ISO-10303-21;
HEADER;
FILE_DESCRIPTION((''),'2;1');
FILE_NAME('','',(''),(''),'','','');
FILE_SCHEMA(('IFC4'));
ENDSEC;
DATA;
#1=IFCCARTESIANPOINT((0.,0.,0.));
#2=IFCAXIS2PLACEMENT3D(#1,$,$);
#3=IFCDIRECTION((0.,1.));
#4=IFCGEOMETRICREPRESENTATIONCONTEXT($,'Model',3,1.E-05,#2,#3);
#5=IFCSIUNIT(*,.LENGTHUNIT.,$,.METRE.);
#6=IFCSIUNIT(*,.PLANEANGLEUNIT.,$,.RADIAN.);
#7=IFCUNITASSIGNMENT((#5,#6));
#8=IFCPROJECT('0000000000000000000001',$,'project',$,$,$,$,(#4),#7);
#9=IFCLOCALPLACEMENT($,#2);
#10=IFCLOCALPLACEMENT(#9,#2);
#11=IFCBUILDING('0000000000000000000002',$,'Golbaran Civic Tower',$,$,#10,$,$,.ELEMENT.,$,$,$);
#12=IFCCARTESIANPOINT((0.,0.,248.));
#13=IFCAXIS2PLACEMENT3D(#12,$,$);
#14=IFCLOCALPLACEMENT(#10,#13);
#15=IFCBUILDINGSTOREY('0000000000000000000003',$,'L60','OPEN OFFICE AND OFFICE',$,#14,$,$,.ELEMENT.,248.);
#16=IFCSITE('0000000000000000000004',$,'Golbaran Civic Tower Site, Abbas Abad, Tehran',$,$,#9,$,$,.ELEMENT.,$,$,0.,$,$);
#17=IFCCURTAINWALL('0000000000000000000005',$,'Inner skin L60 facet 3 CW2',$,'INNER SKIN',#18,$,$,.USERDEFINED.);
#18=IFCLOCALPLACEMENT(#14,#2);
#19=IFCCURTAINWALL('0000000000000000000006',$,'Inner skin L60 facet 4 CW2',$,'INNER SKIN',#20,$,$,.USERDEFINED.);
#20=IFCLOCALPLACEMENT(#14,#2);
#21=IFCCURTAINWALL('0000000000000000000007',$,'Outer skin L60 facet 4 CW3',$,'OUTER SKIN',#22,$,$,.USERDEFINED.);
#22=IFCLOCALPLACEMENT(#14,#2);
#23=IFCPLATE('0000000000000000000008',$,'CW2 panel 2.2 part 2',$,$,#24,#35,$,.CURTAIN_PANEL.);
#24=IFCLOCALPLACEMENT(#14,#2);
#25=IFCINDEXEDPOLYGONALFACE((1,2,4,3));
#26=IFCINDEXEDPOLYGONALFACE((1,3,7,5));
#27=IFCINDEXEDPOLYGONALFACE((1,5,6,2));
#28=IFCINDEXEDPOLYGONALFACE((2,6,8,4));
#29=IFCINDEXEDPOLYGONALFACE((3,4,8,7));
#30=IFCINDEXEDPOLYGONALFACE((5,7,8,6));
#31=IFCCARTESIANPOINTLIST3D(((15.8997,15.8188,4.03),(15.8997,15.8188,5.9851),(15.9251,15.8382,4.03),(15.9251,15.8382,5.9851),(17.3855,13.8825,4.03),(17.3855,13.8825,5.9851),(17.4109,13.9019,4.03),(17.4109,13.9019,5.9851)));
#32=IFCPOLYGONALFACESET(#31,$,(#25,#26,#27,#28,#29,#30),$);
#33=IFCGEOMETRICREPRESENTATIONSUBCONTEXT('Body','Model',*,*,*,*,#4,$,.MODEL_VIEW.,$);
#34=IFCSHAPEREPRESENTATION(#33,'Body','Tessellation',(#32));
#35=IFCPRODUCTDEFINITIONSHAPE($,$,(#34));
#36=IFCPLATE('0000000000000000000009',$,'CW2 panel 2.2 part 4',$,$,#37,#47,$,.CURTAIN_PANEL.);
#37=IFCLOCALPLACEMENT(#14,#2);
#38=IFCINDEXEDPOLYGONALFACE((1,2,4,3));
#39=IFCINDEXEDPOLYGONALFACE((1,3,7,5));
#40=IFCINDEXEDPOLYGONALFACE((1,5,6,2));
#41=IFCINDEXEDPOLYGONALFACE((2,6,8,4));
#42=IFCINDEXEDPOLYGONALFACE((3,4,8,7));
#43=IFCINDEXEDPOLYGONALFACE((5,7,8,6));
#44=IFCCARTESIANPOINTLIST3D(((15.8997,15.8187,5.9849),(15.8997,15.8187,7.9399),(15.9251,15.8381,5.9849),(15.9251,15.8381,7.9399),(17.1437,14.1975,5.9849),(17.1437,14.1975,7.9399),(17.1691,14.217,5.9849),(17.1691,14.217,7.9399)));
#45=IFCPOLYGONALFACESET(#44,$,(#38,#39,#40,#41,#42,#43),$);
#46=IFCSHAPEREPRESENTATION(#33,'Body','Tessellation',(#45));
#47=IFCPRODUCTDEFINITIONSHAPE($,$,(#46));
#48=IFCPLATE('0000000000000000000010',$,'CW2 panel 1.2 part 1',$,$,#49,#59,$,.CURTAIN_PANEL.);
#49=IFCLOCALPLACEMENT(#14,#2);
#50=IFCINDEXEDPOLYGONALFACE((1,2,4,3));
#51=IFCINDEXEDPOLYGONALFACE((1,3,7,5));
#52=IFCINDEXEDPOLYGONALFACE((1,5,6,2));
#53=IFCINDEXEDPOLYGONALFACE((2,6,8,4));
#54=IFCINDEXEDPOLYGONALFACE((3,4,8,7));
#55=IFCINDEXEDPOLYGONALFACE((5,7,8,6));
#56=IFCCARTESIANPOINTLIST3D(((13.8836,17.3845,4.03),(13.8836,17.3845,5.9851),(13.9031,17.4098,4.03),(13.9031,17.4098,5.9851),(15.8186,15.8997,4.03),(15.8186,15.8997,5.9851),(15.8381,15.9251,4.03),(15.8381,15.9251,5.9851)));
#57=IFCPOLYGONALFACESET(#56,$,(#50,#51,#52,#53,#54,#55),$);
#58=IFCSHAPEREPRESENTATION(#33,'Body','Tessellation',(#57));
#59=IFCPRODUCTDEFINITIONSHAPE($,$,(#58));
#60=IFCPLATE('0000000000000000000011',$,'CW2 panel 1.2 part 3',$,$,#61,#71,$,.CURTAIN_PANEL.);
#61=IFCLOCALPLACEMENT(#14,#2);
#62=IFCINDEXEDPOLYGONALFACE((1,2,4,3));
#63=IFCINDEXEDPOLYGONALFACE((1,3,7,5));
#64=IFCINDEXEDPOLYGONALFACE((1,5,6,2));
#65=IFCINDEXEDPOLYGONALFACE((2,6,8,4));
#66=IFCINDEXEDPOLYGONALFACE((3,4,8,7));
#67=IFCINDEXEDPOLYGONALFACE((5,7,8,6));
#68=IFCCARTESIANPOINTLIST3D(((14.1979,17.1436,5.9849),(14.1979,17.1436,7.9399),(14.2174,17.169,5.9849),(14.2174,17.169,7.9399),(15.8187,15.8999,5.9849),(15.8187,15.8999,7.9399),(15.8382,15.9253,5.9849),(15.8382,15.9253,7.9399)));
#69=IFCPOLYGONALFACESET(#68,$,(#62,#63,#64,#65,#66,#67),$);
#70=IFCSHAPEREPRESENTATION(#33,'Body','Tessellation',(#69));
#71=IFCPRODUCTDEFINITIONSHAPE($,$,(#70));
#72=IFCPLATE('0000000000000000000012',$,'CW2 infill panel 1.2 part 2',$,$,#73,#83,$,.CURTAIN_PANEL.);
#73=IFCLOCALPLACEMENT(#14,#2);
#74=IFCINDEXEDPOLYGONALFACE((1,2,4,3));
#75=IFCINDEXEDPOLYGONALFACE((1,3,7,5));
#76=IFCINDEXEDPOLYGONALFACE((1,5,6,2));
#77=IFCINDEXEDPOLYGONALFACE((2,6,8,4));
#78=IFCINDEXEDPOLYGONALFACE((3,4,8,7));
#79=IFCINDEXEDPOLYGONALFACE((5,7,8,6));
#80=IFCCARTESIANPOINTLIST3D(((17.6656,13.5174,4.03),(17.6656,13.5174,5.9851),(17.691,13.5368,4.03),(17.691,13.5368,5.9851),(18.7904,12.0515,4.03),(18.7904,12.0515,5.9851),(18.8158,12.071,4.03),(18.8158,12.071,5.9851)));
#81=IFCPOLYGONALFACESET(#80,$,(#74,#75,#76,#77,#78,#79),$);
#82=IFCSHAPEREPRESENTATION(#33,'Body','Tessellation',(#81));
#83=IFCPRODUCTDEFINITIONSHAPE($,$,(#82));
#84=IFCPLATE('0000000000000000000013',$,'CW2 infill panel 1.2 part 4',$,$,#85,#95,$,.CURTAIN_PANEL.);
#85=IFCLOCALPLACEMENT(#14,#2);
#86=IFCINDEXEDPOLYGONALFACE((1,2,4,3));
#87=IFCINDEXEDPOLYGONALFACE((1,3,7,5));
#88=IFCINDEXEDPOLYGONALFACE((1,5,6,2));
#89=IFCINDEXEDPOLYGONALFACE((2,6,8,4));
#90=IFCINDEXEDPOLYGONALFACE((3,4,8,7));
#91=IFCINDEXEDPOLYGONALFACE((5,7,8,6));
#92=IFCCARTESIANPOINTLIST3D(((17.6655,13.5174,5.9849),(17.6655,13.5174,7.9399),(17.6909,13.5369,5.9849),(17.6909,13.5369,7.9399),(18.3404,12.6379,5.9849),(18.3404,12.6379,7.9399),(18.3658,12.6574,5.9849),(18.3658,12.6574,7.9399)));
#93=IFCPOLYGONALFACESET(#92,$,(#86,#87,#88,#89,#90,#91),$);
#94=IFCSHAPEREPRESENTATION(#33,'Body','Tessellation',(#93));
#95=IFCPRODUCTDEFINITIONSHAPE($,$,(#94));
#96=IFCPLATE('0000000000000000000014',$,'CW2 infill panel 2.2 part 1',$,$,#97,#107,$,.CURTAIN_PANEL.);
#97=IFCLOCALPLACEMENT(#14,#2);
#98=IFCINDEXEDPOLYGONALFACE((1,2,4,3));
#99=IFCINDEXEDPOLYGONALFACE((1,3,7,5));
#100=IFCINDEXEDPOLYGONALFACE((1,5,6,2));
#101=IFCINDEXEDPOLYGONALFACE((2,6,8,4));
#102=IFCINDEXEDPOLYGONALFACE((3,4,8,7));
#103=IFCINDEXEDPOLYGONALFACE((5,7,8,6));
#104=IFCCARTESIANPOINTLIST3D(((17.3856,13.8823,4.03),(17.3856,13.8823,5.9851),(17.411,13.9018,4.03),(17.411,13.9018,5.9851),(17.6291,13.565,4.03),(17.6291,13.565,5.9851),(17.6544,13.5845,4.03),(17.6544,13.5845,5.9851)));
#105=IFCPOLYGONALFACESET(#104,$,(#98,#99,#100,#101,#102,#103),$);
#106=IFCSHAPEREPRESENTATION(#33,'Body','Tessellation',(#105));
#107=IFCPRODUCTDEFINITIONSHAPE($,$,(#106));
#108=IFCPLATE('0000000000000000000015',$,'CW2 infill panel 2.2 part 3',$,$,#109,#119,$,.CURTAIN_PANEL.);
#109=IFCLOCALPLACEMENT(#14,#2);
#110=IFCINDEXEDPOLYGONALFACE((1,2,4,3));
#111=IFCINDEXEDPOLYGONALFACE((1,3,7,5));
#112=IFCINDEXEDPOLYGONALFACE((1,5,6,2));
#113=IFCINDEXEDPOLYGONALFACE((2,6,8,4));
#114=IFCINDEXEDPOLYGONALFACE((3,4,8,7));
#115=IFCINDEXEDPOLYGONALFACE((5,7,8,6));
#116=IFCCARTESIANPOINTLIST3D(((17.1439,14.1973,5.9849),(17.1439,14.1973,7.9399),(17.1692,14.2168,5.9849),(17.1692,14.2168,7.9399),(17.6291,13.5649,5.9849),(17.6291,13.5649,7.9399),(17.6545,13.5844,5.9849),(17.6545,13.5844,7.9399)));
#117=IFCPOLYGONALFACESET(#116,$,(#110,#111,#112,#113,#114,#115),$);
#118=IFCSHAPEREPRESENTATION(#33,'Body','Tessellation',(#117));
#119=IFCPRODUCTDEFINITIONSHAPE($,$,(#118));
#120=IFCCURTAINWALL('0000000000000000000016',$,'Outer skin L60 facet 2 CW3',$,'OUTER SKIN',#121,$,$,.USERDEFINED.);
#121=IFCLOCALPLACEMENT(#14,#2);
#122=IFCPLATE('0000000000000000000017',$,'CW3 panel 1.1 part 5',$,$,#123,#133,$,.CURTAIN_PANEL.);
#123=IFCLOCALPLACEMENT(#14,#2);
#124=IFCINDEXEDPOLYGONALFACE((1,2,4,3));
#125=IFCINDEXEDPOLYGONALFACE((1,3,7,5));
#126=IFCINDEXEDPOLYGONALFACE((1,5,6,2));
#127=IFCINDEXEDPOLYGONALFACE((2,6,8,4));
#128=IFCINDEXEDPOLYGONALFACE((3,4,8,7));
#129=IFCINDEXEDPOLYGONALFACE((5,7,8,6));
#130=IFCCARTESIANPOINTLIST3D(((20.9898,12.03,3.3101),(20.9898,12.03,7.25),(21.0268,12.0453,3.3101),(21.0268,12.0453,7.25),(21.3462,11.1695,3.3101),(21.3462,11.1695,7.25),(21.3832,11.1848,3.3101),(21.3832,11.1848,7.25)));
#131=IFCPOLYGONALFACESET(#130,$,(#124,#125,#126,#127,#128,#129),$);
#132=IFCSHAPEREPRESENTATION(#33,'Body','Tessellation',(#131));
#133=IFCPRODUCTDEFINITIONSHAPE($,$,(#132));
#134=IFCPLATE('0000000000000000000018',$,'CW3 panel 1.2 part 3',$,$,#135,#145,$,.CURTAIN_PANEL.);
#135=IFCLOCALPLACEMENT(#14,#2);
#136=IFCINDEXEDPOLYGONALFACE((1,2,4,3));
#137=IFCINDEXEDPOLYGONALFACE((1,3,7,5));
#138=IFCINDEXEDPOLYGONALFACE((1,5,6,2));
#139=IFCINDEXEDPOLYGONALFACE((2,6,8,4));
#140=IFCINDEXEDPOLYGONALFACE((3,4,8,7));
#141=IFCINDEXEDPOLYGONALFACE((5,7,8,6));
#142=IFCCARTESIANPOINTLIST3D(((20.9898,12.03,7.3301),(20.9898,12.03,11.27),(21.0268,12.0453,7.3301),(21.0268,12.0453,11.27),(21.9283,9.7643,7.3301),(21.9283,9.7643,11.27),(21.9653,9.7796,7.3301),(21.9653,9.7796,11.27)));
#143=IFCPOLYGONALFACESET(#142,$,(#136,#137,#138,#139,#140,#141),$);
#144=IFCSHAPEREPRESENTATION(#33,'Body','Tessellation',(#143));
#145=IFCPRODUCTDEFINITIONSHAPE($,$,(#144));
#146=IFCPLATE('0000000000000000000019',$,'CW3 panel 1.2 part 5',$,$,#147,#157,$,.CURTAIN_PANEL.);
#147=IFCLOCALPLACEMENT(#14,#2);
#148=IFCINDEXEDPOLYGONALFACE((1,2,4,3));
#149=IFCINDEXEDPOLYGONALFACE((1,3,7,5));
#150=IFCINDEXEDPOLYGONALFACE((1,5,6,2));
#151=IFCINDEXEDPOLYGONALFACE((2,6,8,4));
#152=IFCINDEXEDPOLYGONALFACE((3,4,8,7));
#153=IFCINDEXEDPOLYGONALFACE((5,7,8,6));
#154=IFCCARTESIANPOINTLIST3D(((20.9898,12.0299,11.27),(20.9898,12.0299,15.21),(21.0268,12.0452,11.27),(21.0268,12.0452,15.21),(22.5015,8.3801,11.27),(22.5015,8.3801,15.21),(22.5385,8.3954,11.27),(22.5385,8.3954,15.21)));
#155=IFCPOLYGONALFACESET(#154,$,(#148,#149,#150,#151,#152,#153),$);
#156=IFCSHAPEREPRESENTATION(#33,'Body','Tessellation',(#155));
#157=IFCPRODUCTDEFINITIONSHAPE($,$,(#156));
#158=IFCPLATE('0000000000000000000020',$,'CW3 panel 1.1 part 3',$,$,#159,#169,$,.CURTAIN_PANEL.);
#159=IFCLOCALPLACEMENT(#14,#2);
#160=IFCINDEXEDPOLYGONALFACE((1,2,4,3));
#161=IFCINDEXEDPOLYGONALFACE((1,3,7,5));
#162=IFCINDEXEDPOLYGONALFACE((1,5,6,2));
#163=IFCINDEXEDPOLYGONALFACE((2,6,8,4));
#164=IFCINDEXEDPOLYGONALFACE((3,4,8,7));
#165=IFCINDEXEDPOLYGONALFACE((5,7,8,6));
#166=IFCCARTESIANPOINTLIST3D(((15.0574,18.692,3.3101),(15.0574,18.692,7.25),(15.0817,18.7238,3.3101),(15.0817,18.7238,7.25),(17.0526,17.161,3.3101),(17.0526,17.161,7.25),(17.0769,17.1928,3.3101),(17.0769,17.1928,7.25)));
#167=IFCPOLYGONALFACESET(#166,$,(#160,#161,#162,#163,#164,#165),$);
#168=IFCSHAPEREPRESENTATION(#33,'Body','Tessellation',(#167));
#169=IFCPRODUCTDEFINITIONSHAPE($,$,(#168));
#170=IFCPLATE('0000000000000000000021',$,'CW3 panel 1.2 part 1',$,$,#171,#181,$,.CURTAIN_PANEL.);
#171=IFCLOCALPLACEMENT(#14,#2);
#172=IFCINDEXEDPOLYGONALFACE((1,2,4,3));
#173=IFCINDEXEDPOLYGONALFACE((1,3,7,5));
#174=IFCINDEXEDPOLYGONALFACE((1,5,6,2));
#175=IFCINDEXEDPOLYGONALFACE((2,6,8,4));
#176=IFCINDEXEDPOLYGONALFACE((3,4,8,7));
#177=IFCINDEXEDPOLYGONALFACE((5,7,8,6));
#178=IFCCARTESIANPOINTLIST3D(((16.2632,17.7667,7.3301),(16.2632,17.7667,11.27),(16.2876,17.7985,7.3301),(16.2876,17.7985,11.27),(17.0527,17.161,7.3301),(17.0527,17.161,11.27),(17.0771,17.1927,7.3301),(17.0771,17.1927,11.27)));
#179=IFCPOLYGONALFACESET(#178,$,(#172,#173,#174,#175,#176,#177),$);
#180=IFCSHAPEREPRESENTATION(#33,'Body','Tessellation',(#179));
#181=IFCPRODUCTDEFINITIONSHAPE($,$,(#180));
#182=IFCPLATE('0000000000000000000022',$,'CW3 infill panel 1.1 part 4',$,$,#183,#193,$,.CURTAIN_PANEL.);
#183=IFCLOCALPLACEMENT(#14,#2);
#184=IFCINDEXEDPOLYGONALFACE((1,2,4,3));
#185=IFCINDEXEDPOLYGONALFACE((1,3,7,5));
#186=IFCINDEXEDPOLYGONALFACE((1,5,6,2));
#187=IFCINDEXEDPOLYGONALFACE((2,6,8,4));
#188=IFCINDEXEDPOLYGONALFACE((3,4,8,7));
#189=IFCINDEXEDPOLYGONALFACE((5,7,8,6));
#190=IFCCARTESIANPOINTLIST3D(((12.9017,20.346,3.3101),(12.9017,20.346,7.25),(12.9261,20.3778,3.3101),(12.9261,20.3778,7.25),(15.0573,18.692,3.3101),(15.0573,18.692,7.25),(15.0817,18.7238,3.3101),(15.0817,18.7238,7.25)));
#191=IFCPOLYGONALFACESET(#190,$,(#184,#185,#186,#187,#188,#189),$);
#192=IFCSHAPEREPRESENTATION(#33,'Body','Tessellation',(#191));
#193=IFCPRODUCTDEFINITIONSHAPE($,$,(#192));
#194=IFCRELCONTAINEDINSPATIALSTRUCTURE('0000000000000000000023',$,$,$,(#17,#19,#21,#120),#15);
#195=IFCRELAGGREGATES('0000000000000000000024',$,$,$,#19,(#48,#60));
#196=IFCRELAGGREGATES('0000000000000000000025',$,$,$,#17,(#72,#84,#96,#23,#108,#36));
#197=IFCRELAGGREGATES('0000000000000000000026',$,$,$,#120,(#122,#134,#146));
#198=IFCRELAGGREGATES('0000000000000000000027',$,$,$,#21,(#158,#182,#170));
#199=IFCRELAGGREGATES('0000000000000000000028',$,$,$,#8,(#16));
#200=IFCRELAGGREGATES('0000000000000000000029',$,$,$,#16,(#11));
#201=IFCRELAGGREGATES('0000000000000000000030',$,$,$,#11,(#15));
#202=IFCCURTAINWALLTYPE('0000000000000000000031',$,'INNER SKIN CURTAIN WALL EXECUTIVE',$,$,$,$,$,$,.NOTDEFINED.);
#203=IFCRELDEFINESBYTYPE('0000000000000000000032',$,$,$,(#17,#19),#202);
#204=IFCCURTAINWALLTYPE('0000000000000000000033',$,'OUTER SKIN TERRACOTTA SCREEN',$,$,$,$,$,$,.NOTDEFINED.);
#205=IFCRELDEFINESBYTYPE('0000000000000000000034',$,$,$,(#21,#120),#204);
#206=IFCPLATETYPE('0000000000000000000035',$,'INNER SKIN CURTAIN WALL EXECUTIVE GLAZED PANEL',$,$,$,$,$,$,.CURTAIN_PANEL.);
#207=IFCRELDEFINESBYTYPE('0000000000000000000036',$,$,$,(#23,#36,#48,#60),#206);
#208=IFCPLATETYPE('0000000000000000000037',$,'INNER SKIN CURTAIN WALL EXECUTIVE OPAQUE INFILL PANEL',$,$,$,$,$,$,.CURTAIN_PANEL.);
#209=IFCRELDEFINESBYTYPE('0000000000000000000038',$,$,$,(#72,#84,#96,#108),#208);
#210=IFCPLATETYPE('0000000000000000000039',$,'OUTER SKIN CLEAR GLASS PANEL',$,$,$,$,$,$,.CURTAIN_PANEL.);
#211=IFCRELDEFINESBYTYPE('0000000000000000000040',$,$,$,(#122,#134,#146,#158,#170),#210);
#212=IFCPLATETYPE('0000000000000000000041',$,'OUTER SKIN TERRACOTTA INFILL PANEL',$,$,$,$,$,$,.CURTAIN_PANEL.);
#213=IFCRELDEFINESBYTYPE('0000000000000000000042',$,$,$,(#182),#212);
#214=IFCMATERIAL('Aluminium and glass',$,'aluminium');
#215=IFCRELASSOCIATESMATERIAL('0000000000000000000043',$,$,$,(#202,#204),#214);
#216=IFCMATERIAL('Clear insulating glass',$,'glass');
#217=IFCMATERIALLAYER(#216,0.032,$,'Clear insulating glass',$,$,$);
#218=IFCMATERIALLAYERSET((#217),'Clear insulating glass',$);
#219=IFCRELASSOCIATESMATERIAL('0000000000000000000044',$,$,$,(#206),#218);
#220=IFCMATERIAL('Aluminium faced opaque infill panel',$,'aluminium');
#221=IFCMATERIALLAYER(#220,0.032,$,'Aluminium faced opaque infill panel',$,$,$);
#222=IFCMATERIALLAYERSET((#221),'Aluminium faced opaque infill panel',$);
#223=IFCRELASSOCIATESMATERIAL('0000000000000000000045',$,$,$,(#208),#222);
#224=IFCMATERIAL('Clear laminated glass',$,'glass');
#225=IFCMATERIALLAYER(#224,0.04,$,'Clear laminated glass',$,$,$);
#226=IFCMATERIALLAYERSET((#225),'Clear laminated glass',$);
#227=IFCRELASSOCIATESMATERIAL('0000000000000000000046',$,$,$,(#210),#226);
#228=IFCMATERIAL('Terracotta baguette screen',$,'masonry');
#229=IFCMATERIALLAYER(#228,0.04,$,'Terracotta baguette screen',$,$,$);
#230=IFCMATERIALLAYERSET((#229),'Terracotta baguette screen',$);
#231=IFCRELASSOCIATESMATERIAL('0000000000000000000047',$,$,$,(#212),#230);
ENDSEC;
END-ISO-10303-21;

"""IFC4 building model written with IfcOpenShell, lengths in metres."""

from ifc_helpers import new_model, si_unit, direction, frame, origin, origin_2d, place, context, subcontext, project, spatial, rectangle, extrude, material, layer, layer_set, type_object, element, aggregate, save


model = new_model("IFC4")

# Units and contexts
model_context = context("Model", 3, precision=1e-05, world=origin(), true_north=direction((0.0, 1.0)))
body_context = subcontext(model_context, "Body", "Model", "MODEL_VIEW")
ifc_project = project(units=[si_unit("LENGTHUNIT", "METRE"), si_unit("PLANEANGLEUNIT", "RADIAN")], contexts=[model_context])

# Site, building, storey
site_placement = place(None, origin())
site = spatial("IfcSite", under=ifc_project, at=site_placement, Name="Golbaran Civic Tower Site, Abbas Abad, Tehran", CompositionType="ELEMENT", RefElevation=0.0)
building_placement = place(site_placement, origin())
building = spatial("IfcBuilding", under=site, at=building_placement, Name="Golbaran Civic Tower", CompositionType="ELEMENT")
storey_placement = place(building_placement, frame((0.0, 0.0, 248.0)))
storey = spatial("IfcBuildingStorey", under=building, at=storey_placement, Name="L60", Description="OPEN OFFICE AND OFFICE", CompositionType="ELEMENT", Elevation=248.0)

# Curtain walls
ifc_material_1 = material(Name="Aluminium and glass", Category="aluminium")
curtain_wall_type_1 = type_object("IfcCurtainWallType", Name="INNER SKIN CURTAIN WALL EXECUTIVE", PredefinedType="NOTDEFINED", material=ifc_material_1)
curtain_wall_1_placement = place(storey_placement, origin())
curtain_wall_1 = element("IfcCurtainWall", 1, at=curtain_wall_1_placement, inside=storey, type_object=curtain_wall_type_1, Name="Inner skin L60 facet 3 CW2", ObjectType="INNER SKIN", PredefinedType="USERDEFINED")
curtain_wall_2_placement = place(storey_placement, origin())
curtain_wall_2 = element("IfcCurtainWall", 2, at=curtain_wall_2_placement, inside=storey, type_object=curtain_wall_type_1, Name="Inner skin L60 facet 4 CW2", ObjectType="INNER SKIN", PredefinedType="USERDEFINED")
curtain_wall_type_2 = type_object("IfcCurtainWallType", Name="OUTER SKIN TERRACOTTA SCREEN", PredefinedType="NOTDEFINED", material=ifc_material_1)
curtain_wall_3_placement = place(storey_placement, origin())
curtain_wall_3 = element("IfcCurtainWall", 3, at=curtain_wall_3_placement, inside=storey, type_object=curtain_wall_type_2, Name="Outer skin L60 facet 4 CW3", ObjectType="OUTER SKIN", PredefinedType="USERDEFINED")

# Shared definitions
ifc_material_2 = material(Name="Clear insulating glass", Category="glass")
ifc_layer_1 = layer(ifc_material_2, 0.032, Name="Clear insulating glass")
ifc_layer_set_1 = layer_set([ifc_layer_1], Name="Clear insulating glass")
plate_type_1 = type_object("IfcPlateType", Name="INNER SKIN CURTAIN WALL EXECUTIVE GLAZED PANEL", PredefinedType="CURTAIN_PANEL", material=ifc_layer_set_1)

# Plates
plate_1_placement = place(storey_placement, frame((16.6553, 14.8604, 4.03), z_axis=(0.0, 0.0, 1.0), x_axis=(-0.608761, 0.793353, 0.0)))
plate_1 = element("IfcPlate", 4, at=plate_1_placement, type_object=plate_type_1, Name="CW2 panel 2.2 part 2", PredefinedType="CURTAIN_PANEL", context=body_context, shape_type="SweptSolid", body=[
    extrude(rectangle(XDim=2.4407, YDim=0.032, at=origin_2d()), origin(), (0.0, 0.0, 1.0), 1.9551),
])
plate_2_placement = place(storey_placement, frame((16.5344, 15.0178, 5.9849), z_axis=(0.0, 0.0, 1.0), x_axis=(-0.608761, 0.793353, 0.0)))
plate_2 = element("IfcPlate", 5, at=plate_2_placement, type_object=plate_type_1, Name="CW2 panel 2.2 part 4", PredefinedType="CURTAIN_PANEL", context=body_context, shape_type="SweptSolid", body=[
    extrude(rectangle(XDim=2.0435, YDim=0.032, at=origin_2d()), origin(), (0.0, 0.0, 1.0), 1.9551),
])
plate_3_placement = place(storey_placement, frame((14.8608, 16.6548, 4.03), z_axis=(0.0, 0.0, 1.0), x_axis=(-0.793353, 0.608761, 0.0)))
plate_3 = element("IfcPlate", 6, at=plate_3_placement, type_object=plate_type_1, Name="CW2 panel 1.2 part 1", PredefinedType="CURTAIN_PANEL", context=body_context, shape_type="SweptSolid", body=[
    extrude(rectangle(XDim=2.439, YDim=0.032, at=origin_2d()), origin(), (0.0, 0.0, 1.0), 1.9551),
])
plate_4_placement = place(storey_placement, frame((15.0181, 16.5344, 5.9849), z_axis=(0.0, 0.0, 1.0), x_axis=(-0.793353, 0.608761, 0.0)))
plate_4 = element("IfcPlate", 7, at=plate_4_placement, type_object=plate_type_1, Name="CW2 panel 1.2 part 3", PredefinedType="CURTAIN_PANEL", context=body_context, shape_type="SweptSolid", body=[
    extrude(rectangle(XDim=2.043, YDim=0.032, at=origin_2d()), origin(), (0.0, 0.0, 1.0), 1.9551),
])
aggregate(curtain_wall_2, [plate_3, plate_4])
ifc_material_3 = material(Name="Aluminium faced opaque infill panel", Category="aluminium")
ifc_layer_2 = layer(ifc_material_3, 0.032, Name="Aluminium faced opaque infill panel")
ifc_layer_set_2 = layer_set([ifc_layer_2], Name="Aluminium faced opaque infill panel")
plate_type_2 = type_object("IfcPlateType", Name="INNER SKIN CURTAIN WALL EXECUTIVE OPAQUE INFILL PANEL", PredefinedType="CURTAIN_PANEL", material=ifc_layer_set_2)
plate_5_placement = place(storey_placement, frame((18.2407, 12.7942, 4.03), z_axis=(0.0, 0.0, 1.0), x_axis=(-0.608761, 0.793353, 0.0)))
plate_5 = element("IfcPlate", 8, at=plate_5_placement, type_object=plate_type_2, Name="CW2 infill panel 1.2 part 2", PredefinedType="CURTAIN_PANEL", context=body_context, shape_type="SweptSolid", body=[
    extrude(rectangle(XDim=1.8477, YDim=0.032, at=origin_2d()), origin(), (0.0, 0.0, 1.0), 1.9551),
])
plate_6_placement = place(storey_placement, frame((18.0156, 13.0874, 5.9849), z_axis=(0.0, 0.0, 1.0), x_axis=(-0.608761, 0.793353, 0.0)))
plate_6 = element("IfcPlate", 9, at=plate_6_placement, type_object=plate_type_2, Name="CW2 infill panel 1.2 part 4", PredefinedType="CURTAIN_PANEL", context=body_context, shape_type="SweptSolid", body=[
    extrude(rectangle(XDim=1.1086, YDim=0.032, at=origin_2d()), origin(), (0.0, 0.0, 1.0), 1.9551),
])
plate_7_placement = place(storey_placement, frame((17.52, 13.7334, 4.03), z_axis=(0.0, 0.0, 1.0), x_axis=(-0.608761, 0.793353, 0.0)))
plate_7 = element("IfcPlate", 10, at=plate_7_placement, type_object=plate_type_2, Name="CW2 infill panel 2.2 part 1", PredefinedType="CURTAIN_PANEL", context=body_context, shape_type="SweptSolid", body=[
    extrude(rectangle(XDim=0.3999, YDim=0.032, at=origin_2d()), origin(), (0.0, 0.0, 1.0), 1.9551),
])
plate_8_placement = place(storey_placement, frame((17.3992, 13.8909, 5.9849), z_axis=(0.0, 0.0, 1.0), x_axis=(-0.608761, 0.793353, 0.0)))
plate_8 = element("IfcPlate", 11, at=plate_8_placement, type_object=plate_type_2, Name="CW2 infill panel 2.2 part 3", PredefinedType="CURTAIN_PANEL", context=body_context, shape_type="SweptSolid", body=[
    extrude(rectangle(XDim=0.7971, YDim=0.032, at=origin_2d()), origin(), (0.0, 0.0, 1.0), 1.9551),
])
aggregate(curtain_wall_1, [plate_5, plate_6, plate_7, plate_1, plate_8, plate_2])

# Curtain wall, plates
curtain_wall_4_placement = place(storey_placement, origin())
curtain_wall_4 = element("IfcCurtainWall", 12, at=curtain_wall_4_placement, inside=storey, type_object=curtain_wall_type_2, Name="Outer skin L60 facet 2 CW3", ObjectType="OUTER SKIN", PredefinedType="USERDEFINED")
ifc_material_4 = material(Name="Clear laminated glass", Category="glass")
ifc_layer_3 = layer(ifc_material_4, 0.04, Name="Clear laminated glass")
ifc_layer_set_3 = layer_set([ifc_layer_3], Name="Clear laminated glass")
plate_type_3 = type_object("IfcPlateType", Name="OUTER SKIN CLEAR GLASS PANEL", PredefinedType="CURTAIN_PANEL", material=ifc_layer_set_3)
plate_9_placement = place(storey_placement, frame((21.1865, 11.6074, 3.3101), z_axis=(0.0, 0.0, 1.0), x_axis=(-0.382683, 0.92388, 0.0)))
plate_9 = element("IfcPlate", 13, at=plate_9_placement, type_object=plate_type_3, Name="CW3 panel 1.1 part 5", PredefinedType="CURTAIN_PANEL", context=body_context, shape_type="SweptSolid", body=[
    extrude(rectangle(XDim=0.9314, YDim=0.04, at=origin_2d()), origin(), (0.0, 0.0, 1.0), 3.9399),
])
plate_10_placement = place(storey_placement, frame((21.4775, 10.9048, 7.3301), z_axis=(0.0, 0.0, 1.0), x_axis=(-0.382683, 0.92388, 0.0)))
plate_10 = element("IfcPlate", 14, at=plate_10_placement, type_object=plate_type_3, Name="CW3 panel 1.2 part 3", PredefinedType="CURTAIN_PANEL", context=body_context, shape_type="SweptSolid", body=[
    extrude(rectangle(XDim=2.4524, YDim=0.04, at=origin_2d()), origin(), (0.0, 0.0, 1.0), 3.9399),
])
plate_11_placement = place(storey_placement, frame((21.7642, 10.2126, 11.27), z_axis=(0.0, 0.0, 1.0), x_axis=(-0.382683, 0.92388, 0.0)))
plate_11 = element("IfcPlate", 15, at=plate_11_placement, type_object=plate_type_3, Name="CW3 panel 1.2 part 5", PredefinedType="CURTAIN_PANEL", context=body_context, shape_type="SweptSolid", body=[
    extrude(rectangle(XDim=3.9504, YDim=0.04, at=origin_2d()), origin(), (0.0, 0.0, 1.0), 3.9399),
])
aggregate(curtain_wall_4, [plate_9, plate_10, plate_11])

# Plates
plate_12_placement = place(storey_placement, frame((16.0671, 17.9424, 3.3101), z_axis=(0.0, 0.0, 1.0), x_axis=(-0.793353, 0.608761, 0.0)))
plate_12 = element("IfcPlate", 16, at=plate_12_placement, type_object=plate_type_3, Name="CW3 panel 1.1 part 3", PredefinedType="CURTAIN_PANEL", context=body_context, shape_type="SweptSolid", body=[
    extrude(rectangle(XDim=2.5149, YDim=0.04, at=origin_2d()), origin(), (0.0, 0.0, 1.0), 3.9399),
])
plate_13_placement = place(storey_placement, frame((16.6702, 17.4797, 7.3301), z_axis=(0.0, 0.0, 1.0), x_axis=(-0.793353, 0.608761, 0.0)))
plate_13 = element("IfcPlate", 17, at=plate_13_placement, type_object=plate_type_3, Name="CW3 panel 1.2 part 1", PredefinedType="CURTAIN_PANEL", context=body_context, shape_type="SweptSolid", body=[
    extrude(rectangle(XDim=0.9951, YDim=0.04, at=origin_2d()), origin(), (0.0, 0.0, 1.0), 3.9399),
])
ifc_material_5 = material(Name="Terracotta baguette screen", Category="masonry")
ifc_layer_4 = layer(ifc_material_5, 0.04, Name="Terracotta baguette screen")
ifc_layer_set_4 = layer_set([ifc_layer_4], Name="Terracotta baguette screen")
plate_type_4 = type_object("IfcPlateType", Name="OUTER SKIN TERRACOTTA INFILL PANEL", PredefinedType="CURTAIN_PANEL", material=ifc_layer_set_4)
plate_14_placement = place(storey_placement, frame((13.9917, 19.5349, 3.3101), z_axis=(0.0, 0.0, 1.0), x_axis=(-0.793353, 0.608761, 0.0)))
plate_14 = element("IfcPlate", 18, at=plate_14_placement, type_object=plate_type_4, Name="CW3 infill panel 1.1 part 4", PredefinedType="CURTAIN_PANEL", context=body_context, shape_type="SweptSolid", body=[
    extrude(rectangle(XDim=2.717, YDim=0.04, at=origin_2d()), origin(), (0.0, 0.0, 1.0), 3.9399),
])
aggregate(curtain_wall_3, [plate_12, plate_14, plate_13])

save(model, "model.ifc")
